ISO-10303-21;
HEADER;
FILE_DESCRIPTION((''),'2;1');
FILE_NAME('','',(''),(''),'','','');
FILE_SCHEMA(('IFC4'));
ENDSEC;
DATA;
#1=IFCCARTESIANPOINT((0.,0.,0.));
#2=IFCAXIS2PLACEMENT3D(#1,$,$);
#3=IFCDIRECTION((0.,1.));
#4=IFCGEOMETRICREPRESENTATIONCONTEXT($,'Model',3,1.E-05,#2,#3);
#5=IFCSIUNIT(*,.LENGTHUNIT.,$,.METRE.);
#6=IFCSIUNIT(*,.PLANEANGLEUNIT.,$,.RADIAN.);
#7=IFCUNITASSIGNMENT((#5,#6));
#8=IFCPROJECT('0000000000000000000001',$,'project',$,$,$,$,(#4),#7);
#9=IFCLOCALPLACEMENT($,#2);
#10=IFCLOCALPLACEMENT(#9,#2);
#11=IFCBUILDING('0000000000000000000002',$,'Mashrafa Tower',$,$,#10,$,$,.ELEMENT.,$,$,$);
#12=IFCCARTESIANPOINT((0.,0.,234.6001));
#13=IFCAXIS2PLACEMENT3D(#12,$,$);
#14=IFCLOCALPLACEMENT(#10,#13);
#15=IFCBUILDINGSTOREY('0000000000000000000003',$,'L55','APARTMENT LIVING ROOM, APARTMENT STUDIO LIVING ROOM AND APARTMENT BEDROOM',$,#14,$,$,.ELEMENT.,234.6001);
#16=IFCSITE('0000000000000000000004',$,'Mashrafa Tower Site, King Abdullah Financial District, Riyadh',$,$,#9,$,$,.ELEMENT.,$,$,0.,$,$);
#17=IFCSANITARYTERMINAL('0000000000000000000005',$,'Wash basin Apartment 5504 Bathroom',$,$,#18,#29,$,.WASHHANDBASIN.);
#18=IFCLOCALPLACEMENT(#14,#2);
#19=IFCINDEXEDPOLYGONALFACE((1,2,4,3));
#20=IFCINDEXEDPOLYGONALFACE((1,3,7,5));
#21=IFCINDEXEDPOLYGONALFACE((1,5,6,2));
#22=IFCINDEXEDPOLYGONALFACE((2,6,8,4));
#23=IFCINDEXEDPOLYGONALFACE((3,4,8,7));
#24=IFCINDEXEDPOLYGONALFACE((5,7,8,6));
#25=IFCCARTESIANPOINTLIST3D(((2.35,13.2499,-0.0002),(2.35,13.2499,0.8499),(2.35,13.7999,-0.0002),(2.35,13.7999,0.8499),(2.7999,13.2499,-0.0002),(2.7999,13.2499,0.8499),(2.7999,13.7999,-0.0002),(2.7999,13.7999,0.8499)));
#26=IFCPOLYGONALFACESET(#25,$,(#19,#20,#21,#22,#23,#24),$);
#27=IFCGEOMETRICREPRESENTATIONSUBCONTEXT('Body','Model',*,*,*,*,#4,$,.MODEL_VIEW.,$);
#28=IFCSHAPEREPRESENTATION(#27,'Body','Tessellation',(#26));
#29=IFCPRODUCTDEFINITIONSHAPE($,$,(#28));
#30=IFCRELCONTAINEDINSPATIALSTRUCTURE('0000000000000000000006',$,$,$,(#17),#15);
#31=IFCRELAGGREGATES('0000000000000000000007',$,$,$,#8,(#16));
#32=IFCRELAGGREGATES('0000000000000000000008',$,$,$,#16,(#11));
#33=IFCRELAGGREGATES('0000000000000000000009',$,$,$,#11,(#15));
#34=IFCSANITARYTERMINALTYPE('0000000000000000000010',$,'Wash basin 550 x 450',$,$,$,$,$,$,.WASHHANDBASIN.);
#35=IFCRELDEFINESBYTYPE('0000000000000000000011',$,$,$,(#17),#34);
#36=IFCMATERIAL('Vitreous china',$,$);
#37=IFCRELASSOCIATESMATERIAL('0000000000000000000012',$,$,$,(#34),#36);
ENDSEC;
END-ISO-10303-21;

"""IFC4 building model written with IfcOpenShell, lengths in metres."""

from ifc_helpers import new_model, si_unit, direction, frame, origin, origin_2d, place, context, subcontext, project, spatial, rectangle, extrude, material, type_object, element, save


model = new_model("IFC4")

# Units and contexts
model_context = context("Model", 3, precision=1e-05, world=origin(), true_north=direction((0.0, 1.0)))
body_context = subcontext(model_context, "Body", "Model", "MODEL_VIEW")
ifc_project = project(units=[si_unit("LENGTHUNIT", "METRE"), si_unit("PLANEANGLEUNIT", "RADIAN")], contexts=[model_context])

# Site, building, storey
site_placement = place(None, origin())
site = spatial("IfcSite", under=ifc_project, at=site_placement, Name="Mashrafa Tower Site, King Abdullah Financial District, Riyadh", CompositionType="ELEMENT", RefElevation=0.0)
building_placement = place(site_placement, origin())
building = spatial("IfcBuilding", under=site, at=building_placement, Name="Mashrafa Tower", CompositionType="ELEMENT")
storey_placement = place(building_placement, frame((0.0, 0.0, 234.6001)))
storey = spatial("IfcBuildingStorey", under=building, at=storey_placement, Name="L55", Description="APARTMENT LIVING ROOM, APARTMENT STUDIO LIVING ROOM AND APARTMENT BEDROOM", CompositionType="ELEMENT", Elevation=234.6001)

# Sanitary terminal
ifc_material_1 = material(Name="Vitreous china")
sanitary_terminal_type_1 = type_object("IfcSanitaryTerminalType", Name="Wash basin 550 x 450", PredefinedType="WASHHANDBASIN", material=ifc_material_1)
for number, where, z_axis, x_axis, name in (
    (1, (2.575, 13.5249, -0.0002), (0.0, 0.0, 1.0), (0.0, -1.0, 0.0), "Wash basin Apartment 5504 Bathroom"),
):
    element("IfcSanitaryTerminal", number, at=place(storey_placement, frame(where, z_axis=z_axis, x_axis=x_axis)), inside=storey, type_object=sanitary_terminal_type_1, Name=name, PredefinedType="WASHHANDBASIN", context=body_context, shape_type="SweptSolid", body=[
        extrude(rectangle(XDim=0.55, YDim=0.45, at=origin_2d()), origin(), (0.0, 0.0, 1.0), 0.8501),
    ])

save(model, "model.ifc")
